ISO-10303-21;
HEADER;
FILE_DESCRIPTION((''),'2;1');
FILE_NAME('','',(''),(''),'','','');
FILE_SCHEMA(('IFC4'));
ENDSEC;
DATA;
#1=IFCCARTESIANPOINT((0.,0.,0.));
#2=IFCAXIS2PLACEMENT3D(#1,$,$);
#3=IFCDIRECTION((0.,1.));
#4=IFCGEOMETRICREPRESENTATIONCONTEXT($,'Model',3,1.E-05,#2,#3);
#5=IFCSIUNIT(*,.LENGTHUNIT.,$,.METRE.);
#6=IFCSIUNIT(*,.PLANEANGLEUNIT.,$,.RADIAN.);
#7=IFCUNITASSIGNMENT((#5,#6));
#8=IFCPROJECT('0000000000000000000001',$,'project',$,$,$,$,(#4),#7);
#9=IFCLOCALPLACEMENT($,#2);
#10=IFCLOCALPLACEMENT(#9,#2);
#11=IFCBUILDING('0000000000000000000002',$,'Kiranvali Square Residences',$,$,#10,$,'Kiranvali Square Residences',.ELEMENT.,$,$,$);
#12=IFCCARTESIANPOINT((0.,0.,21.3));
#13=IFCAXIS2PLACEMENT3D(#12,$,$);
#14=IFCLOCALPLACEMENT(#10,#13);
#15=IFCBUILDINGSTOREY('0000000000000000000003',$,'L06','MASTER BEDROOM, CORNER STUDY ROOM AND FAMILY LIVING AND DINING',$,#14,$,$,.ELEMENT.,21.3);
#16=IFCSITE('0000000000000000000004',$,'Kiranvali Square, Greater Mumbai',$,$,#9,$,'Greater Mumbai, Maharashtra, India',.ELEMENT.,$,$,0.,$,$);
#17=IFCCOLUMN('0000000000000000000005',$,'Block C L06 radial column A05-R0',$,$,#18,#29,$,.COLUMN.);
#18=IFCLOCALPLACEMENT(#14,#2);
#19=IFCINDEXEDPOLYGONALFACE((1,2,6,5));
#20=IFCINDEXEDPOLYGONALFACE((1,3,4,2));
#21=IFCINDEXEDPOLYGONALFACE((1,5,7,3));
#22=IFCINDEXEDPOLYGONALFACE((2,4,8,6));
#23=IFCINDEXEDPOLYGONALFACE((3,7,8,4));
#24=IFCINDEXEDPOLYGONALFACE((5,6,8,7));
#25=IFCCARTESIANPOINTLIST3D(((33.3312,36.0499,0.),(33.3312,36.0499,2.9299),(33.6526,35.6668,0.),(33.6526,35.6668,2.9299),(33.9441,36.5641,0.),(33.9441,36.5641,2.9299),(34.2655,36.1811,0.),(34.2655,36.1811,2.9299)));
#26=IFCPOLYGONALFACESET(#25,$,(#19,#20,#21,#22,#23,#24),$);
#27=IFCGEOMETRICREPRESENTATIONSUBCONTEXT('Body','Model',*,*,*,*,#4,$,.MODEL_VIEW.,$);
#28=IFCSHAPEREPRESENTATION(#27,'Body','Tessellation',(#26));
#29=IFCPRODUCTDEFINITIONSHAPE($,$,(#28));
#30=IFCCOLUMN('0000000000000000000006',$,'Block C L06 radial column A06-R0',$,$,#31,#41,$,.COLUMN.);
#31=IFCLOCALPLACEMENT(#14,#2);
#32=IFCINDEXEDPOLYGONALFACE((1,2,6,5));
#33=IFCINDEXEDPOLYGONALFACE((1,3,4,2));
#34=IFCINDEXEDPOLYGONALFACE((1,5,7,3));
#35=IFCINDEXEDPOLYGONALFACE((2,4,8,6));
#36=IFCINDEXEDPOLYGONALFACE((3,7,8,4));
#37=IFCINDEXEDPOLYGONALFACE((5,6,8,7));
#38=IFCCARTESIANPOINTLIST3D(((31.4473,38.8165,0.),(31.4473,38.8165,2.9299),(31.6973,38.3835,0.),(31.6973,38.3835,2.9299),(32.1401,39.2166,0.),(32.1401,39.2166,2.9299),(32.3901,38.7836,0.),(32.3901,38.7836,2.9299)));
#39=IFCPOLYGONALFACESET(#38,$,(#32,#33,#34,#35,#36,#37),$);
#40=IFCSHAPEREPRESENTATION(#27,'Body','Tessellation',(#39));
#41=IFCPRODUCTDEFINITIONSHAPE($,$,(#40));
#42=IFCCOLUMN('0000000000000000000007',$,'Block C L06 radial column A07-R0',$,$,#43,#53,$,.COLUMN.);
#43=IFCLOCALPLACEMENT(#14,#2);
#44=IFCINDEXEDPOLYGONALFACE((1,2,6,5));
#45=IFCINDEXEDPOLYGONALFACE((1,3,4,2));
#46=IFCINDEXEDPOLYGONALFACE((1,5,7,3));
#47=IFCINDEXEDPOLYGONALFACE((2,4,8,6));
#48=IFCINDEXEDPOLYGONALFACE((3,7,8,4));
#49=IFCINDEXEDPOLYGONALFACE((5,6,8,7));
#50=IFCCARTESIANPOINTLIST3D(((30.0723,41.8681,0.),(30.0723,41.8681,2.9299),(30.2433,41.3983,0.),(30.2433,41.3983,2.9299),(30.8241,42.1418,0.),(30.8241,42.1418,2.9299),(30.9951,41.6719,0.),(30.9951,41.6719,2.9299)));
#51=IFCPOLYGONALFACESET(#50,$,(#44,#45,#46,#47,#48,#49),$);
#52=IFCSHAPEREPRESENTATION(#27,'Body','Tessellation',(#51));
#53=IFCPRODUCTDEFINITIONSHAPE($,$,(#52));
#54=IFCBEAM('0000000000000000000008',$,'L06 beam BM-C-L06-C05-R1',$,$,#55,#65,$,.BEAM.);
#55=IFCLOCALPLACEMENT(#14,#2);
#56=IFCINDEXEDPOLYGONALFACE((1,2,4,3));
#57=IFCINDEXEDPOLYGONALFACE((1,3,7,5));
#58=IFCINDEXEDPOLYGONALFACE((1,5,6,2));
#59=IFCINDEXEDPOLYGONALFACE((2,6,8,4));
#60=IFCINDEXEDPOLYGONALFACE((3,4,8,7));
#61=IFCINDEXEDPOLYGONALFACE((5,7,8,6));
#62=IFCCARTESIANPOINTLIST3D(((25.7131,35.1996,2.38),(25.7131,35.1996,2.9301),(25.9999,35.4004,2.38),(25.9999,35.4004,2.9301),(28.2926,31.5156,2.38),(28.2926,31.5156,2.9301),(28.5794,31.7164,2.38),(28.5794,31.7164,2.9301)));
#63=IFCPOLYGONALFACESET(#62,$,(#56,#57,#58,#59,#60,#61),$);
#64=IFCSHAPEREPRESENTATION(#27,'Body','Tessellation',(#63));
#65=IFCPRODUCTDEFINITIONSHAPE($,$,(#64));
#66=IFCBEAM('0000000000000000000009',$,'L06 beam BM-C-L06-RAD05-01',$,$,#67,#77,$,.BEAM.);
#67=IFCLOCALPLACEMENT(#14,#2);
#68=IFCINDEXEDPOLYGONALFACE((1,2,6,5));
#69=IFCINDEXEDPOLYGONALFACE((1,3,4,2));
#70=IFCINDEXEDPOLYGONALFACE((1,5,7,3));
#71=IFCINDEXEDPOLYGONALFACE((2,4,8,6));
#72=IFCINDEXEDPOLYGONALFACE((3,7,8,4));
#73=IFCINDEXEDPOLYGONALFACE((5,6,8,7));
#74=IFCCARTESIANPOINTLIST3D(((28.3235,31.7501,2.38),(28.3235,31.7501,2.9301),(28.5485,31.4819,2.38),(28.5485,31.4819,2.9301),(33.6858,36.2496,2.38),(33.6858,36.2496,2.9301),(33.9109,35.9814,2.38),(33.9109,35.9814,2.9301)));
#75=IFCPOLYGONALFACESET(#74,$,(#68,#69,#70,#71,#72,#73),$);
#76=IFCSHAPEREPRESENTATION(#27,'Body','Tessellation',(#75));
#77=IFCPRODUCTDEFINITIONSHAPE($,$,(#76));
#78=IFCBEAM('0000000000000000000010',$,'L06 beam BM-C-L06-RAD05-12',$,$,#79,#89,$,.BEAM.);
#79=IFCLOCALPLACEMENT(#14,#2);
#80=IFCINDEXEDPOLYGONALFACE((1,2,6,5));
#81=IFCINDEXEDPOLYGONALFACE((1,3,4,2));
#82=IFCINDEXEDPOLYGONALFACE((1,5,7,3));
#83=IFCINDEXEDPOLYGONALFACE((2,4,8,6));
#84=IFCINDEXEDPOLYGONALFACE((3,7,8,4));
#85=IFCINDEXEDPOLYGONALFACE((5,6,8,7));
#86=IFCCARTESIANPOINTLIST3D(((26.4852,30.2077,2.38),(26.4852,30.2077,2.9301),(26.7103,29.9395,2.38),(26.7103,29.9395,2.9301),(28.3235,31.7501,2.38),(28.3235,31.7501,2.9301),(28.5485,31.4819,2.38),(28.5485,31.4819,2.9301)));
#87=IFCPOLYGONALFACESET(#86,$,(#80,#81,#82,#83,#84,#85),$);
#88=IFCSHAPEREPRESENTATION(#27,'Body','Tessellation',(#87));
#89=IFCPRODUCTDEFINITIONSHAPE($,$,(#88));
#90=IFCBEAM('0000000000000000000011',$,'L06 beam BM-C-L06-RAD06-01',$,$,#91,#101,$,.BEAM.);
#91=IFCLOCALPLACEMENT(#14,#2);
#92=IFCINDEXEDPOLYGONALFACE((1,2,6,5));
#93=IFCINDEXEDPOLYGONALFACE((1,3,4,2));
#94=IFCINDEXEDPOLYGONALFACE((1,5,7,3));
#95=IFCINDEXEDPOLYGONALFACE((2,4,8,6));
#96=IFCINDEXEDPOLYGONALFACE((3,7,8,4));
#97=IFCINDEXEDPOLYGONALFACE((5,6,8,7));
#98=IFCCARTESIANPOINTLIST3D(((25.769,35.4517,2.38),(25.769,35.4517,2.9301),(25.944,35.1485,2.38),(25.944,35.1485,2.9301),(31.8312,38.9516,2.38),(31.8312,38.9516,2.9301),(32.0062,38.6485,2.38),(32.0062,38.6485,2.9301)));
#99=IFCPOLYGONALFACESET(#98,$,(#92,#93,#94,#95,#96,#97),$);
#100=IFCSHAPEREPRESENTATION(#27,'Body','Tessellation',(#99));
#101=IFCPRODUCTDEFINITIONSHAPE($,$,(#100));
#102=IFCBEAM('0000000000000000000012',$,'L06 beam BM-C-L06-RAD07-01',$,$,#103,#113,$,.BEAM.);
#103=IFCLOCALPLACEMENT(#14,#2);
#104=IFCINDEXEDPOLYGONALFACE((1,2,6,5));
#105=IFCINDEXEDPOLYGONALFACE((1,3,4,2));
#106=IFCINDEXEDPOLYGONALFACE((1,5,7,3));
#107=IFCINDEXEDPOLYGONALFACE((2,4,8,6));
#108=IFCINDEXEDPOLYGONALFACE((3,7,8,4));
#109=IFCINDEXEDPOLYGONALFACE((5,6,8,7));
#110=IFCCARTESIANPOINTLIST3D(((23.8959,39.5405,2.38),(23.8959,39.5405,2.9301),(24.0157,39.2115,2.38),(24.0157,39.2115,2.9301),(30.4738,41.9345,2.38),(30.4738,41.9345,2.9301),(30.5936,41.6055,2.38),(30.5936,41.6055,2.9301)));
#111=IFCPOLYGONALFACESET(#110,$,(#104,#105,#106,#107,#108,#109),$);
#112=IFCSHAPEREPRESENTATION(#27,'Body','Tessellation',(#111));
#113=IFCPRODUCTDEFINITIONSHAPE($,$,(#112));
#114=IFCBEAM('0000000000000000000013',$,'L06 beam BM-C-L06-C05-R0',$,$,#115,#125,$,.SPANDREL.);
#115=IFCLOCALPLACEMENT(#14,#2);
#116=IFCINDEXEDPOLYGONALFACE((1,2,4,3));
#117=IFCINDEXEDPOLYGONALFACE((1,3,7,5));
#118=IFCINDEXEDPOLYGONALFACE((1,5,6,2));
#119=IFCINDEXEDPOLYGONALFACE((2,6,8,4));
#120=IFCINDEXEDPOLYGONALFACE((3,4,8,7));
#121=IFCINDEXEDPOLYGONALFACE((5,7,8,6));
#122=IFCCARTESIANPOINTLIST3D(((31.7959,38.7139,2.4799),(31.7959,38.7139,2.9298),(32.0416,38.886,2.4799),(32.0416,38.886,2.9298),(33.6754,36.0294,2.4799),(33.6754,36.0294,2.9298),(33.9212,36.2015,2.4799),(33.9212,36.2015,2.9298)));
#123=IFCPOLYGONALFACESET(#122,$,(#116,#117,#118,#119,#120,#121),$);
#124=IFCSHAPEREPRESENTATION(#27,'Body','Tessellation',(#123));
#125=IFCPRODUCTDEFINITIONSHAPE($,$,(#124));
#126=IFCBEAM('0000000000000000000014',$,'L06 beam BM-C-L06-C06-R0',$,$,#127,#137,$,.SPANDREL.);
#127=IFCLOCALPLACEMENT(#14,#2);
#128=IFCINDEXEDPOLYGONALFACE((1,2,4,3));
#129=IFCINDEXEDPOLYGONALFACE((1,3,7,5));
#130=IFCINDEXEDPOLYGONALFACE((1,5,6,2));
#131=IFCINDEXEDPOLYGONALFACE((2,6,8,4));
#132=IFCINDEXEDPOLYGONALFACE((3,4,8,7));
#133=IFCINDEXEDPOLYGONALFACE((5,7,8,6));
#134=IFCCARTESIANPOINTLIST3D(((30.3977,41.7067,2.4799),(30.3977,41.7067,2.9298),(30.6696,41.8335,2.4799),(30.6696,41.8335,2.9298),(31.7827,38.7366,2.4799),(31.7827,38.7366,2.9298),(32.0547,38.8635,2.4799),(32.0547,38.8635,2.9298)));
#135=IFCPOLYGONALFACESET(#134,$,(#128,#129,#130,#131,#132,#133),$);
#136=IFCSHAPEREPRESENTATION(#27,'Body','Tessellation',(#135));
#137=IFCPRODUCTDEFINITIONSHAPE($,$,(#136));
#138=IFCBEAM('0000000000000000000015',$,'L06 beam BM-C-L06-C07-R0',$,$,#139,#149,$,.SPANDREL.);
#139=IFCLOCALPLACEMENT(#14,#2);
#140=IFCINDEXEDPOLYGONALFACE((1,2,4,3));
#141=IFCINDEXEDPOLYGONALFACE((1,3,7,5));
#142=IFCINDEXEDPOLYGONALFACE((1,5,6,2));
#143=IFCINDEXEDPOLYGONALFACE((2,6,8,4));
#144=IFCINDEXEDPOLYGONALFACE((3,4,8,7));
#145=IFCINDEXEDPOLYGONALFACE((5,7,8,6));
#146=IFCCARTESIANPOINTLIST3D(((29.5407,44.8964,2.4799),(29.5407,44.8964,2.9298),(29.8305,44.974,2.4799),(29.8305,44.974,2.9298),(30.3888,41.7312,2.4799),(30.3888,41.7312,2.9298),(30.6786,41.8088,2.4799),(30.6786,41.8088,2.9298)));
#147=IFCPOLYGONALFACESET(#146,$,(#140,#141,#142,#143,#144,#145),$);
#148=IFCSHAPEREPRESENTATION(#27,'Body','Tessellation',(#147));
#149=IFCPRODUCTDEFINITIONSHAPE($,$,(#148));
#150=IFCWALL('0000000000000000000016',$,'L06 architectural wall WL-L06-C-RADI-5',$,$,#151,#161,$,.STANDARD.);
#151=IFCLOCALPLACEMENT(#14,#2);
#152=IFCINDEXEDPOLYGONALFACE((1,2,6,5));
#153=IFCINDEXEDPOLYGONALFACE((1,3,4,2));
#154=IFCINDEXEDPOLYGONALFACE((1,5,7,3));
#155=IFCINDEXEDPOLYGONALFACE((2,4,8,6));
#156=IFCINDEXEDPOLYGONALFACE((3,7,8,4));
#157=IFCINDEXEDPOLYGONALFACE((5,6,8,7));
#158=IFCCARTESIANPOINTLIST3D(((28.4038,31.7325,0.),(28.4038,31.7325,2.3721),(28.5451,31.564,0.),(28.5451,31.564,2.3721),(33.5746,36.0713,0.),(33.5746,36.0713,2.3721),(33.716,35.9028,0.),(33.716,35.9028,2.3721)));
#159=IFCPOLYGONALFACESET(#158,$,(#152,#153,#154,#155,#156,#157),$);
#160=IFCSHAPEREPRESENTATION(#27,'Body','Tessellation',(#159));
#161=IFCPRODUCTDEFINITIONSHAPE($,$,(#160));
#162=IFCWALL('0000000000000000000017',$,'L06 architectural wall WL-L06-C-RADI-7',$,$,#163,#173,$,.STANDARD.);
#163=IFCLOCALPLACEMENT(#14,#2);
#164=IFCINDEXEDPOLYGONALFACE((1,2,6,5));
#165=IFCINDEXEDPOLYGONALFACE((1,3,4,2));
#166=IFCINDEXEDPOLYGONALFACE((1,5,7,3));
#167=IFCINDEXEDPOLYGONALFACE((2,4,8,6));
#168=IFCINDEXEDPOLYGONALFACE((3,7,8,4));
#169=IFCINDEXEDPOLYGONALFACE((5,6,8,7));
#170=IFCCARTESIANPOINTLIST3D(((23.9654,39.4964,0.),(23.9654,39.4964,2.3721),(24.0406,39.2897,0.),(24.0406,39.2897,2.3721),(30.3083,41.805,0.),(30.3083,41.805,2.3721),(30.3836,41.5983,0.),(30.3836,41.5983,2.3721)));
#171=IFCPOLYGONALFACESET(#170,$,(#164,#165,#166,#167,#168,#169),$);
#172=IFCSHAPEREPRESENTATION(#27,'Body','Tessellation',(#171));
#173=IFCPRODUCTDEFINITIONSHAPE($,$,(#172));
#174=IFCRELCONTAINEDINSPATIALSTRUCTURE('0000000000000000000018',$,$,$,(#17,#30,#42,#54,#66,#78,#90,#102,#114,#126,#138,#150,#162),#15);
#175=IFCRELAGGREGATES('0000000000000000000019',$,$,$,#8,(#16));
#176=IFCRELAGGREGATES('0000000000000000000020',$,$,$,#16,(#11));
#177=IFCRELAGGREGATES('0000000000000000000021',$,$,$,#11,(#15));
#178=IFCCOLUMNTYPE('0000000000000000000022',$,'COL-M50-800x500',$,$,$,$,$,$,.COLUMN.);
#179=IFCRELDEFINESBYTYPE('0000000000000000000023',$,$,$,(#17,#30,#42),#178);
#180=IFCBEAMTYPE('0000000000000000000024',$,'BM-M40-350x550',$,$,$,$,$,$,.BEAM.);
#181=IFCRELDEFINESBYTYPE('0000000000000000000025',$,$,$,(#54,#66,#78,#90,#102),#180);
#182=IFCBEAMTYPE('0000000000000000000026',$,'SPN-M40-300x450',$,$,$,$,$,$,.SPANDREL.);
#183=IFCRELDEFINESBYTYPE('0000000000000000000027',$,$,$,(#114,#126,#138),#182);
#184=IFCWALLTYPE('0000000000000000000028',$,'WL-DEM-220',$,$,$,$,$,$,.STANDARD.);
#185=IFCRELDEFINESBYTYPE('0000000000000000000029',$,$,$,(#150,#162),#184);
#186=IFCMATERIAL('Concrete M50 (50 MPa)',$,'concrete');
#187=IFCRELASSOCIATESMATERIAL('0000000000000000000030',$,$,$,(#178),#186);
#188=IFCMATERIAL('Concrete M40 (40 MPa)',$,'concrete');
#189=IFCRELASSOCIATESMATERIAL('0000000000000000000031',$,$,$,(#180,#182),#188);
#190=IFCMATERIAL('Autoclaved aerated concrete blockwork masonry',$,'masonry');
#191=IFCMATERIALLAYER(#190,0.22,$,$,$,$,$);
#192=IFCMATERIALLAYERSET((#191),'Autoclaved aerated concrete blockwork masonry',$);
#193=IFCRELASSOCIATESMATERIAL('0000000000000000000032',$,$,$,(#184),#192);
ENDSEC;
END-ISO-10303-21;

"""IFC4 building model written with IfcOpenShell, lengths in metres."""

from ifc_helpers import new_model, si_unit, direction, frame, frame_2d, origin, origin_2d, place, context, subcontext, project, spatial, rectangle, extrude, material, layer, layer_set, material_profile, profile_set, type_object, element, save


model = new_model("IFC4")

# Units and contexts
model_context = context("Model", 3, precision=1e-05, world=origin(), true_north=direction((0.0, 1.0)))
body_context = subcontext(model_context, "Body", "Model", "MODEL_VIEW")
ifc_project = project(units=[si_unit("LENGTHUNIT", "METRE"), si_unit("PLANEANGLEUNIT", "RADIAN")], contexts=[model_context])

# Site, building, storey
site_placement = place(None, origin())
site = spatial("IfcSite", under=ifc_project, at=site_placement, Name="Kiranvali Square, Greater Mumbai", LongName="Greater Mumbai, Maharashtra, India", CompositionType="ELEMENT", RefElevation=0.0)
building_placement = place(site_placement, origin())
building = spatial("IfcBuilding", under=site, at=building_placement, Name="Kiranvali Square Residences", LongName="Kiranvali Square Residences", CompositionType="ELEMENT")
storey_placement = place(building_placement, frame((0.0, 0.0, 21.3)))
storey = spatial("IfcBuildingStorey", under=building, at=storey_placement, Name="L06", Description="MASTER BEDROOM, CORNER STUDY ROOM AND FAMILY LIVING AND DINING", CompositionType="ELEMENT", Elevation=21.3)

# Columns
ifc_material_1 = material(Name="Concrete M50 (50 MPa)", Category="concrete")
ifc_material_profile_1 = material_profile(ifc_material_1, rectangle(XDim=0.5, YDim=0.8, at=origin_2d()), Name="RC 800x500")
ifc_profile_set_1 = profile_set([ifc_material_profile_1], Name="Concrete M50 (50 MPa)")
column_type = type_object("IfcColumnType", Name="COL-M50-800x500", PredefinedType="COLUMN", material=ifc_profile_set_1)
for number, where, z_axis, x_axis, name in (
    (1, (33.7983, 36.1155, 0.0), (0.0, 0.0, 1.0), (-0.642788, 0.766044, 0.0), "Block C L06 radial column A05-R0"),
    (2, (31.9187, 38.8, 0.0), (0.0, 0.0, 1.0), (-0.5, 0.866025, 0.0), "Block C L06 radial column A06-R0"),
    (3, (30.5337, 41.77, 0.0), (0.0, 0.0, 1.0), (-0.34202, 0.939693, 0.0), "Block C L06 radial column A07-R0"),
):
    element("IfcColumn", number, at=place(storey_placement, frame(where, z_axis=z_axis, x_axis=x_axis)), inside=storey, type_object=column_type, Name=name, PredefinedType="COLUMN", context=body_context, shape_type="SweptSolid", body=[
        extrude(rectangle(XDim=0.5, YDim=0.8, at=origin_2d()), origin(), (0.0, 0.0, 1.0), 2.9299),
    ])

# Beams
ifc_material_2 = material(Name="Concrete M40 (40 MPa)", Category="concrete")
ifc_material_profile_2 = material_profile(ifc_material_2, rectangle(XDim=0.3501, YDim=0.55, at=origin_2d()), Name="RC 350x550")
ifc_profile_set_2 = profile_set([ifc_material_profile_2], Name="Concrete M40 (40 MPa)")
beam_type_1 = type_object("IfcBeamType", Name="BM-M40-350x550", PredefinedType="BEAM", material=ifc_profile_set_2)
beam_1_placement = place(storey_placement, frame((28.436, 31.616, 2.655), z_axis=(-0.573572, 0.819155, 0.0), x_axis=(-0.819155, -0.573572, 0.0)))
element("IfcBeam", 4, at=beam_1_placement, inside=storey, type_object=beam_type_1, Name="L06 beam BM-C-L06-C05-R1", PredefinedType="BEAM", context=body_context, shape_type="SweptSolid", body=[
    extrude(rectangle(XDim=0.3501, YDim=0.55, at=origin_2d()), origin(), (0.0, 0.0, 1.0), 4.4973),
])
beam_2_placement = place(storey_placement, frame((33.7983, 36.1155, 2.655), z_axis=(-0.766044, -0.642788, 0.0), x_axis=(0.642788, -0.766044, 0.0)))
element("IfcBeam", 5, at=beam_2_placement, inside=storey, type_object=beam_type_1, Name="L06 beam BM-C-L06-RAD05-01", PredefinedType="BEAM", context=body_context, shape_type="SweptSolid", body=[
    extrude(rectangle(XDim=0.3501, YDim=0.55, at=origin_2d()), origin(), (0.0, 0.0, 1.0), 7.0),
])
beam_3_placement = place(storey_placement, frame((28.436, 31.616, 2.655), z_axis=(-0.766065, -0.642763, 0.0), x_axis=(0.642763, -0.766065, 0.0)))
element("IfcBeam", 6, at=beam_3_placement, inside=storey, type_object=beam_type_1, Name="L06 beam BM-C-L06-RAD05-12", PredefinedType="BEAM", context=body_context, shape_type="SweptSolid", body=[
    extrude(rectangle(XDim=0.3501, YDim=0.55, at=origin_2d()), origin(), (0.0, 0.0, 1.0), 2.3997),
])
for number, where, z_axis, x_axis, name in (
    (7, (31.9187, 38.8, 2.655), (-0.866028, -0.499995, 0.0), (0.499995, -0.866028, 0.0), "L06 beam BM-C-L06-RAD06-01"),
    (8, (30.5337, 41.77, 2.655), (-0.939698, -0.342006, 0.0), (0.342006, -0.939698, 0.0), "L06 beam BM-C-L06-RAD07-01"),
):
    element("IfcBeam", number, at=place(storey_placement, frame(where, z_axis=z_axis, x_axis=x_axis)), inside=storey, type_object=beam_type_1, Name=name, PredefinedType="BEAM", context=body_context, shape_type="SweptSolid", body=[
        extrude(rectangle(XDim=0.3501, YDim=0.55, at=origin_2d()), origin(), (0.0, 0.0, 1.0), 7.0),
    ])
ifc_material_profile_3 = material_profile(ifc_material_2, rectangle(XDim=0.3, YDim=0.45, at=origin_2d()), Name="RC 300x450")
ifc_profile_set_3 = profile_set([ifc_material_profile_3], Name="Concrete M40 (40 MPa)")
beam_type_2 = type_object("IfcBeamType", Name="SPN-M40-300x450", PredefinedType="SPANDREL", material=ifc_profile_set_3)
for number, where, z_axis, x_axis, name in (
    (9, (33.7983, 36.1155, 2.7048), (-0.573552, 0.819169, 0.0), (-0.819169, -0.573552, 0.0), "L06 beam BM-C-L06-C05-R0"),
    (10, (31.9187, 38.8, 2.7048), (-0.422641, 0.906297, 0.0), (-0.906297, -0.422641, 0.0), "L06 beam BM-C-L06-C06-R0"),
):
    element("IfcBeam", number, at=place(storey_placement, frame(where, z_axis=z_axis, x_axis=x_axis)), inside=storey, type_object=beam_type_2, Name=name, PredefinedType="SPANDREL", context=body_context, shape_type="SweptSolid", body=[
        extrude(rectangle(XDim=0.3, YDim=0.45, at=origin_2d()), origin(), (0.0, 0.0, 1.0), 3.2771),
    ])
beam_4_placement = place(storey_placement, frame((30.5337, 41.77, 2.7048), z_axis=(-0.258822, 0.965925, 0.0), x_axis=(-0.965925, -0.258822, 0.0)))
element("IfcBeam", 11, at=beam_4_placement, inside=storey, type_object=beam_type_2, Name="L06 beam BM-C-L06-C07-R0", PredefinedType="SPANDREL", context=body_context, shape_type="SweptSolid", body=[
    extrude(rectangle(XDim=0.3, YDim=0.45, at=origin_2d()), origin(), (0.0, 0.0, 1.0), 3.2769),
])

# Shared definitions
ifc_material_3 = material(Name="Autoclaved aerated concrete blockwork masonry", Category="masonry")

# Walls
ifc_layer_1 = layer(ifc_material_3, 0.22)
ifc_layer_set_1 = layer_set([ifc_layer_1], Name="Autoclaved aerated concrete blockwork masonry")
wall_type_1 = type_object("IfcWallType", Name="WL-DEM-220", PredefinedType="STANDARD", material=ifc_layer_set_1)
for number, where, z_axis, x_axis, name in (
    (12, (33.6453, 35.9871, 0.0), (0.0, 0.0, 1.0), (-0.766047, -0.642785, 0.0), "L06 architectural wall WL-L06-C-RADI-5"),
    (13, (30.3459, 41.7017, 0.0), (0.0, 0.0, 1.0), (-0.939696, -0.34201, 0.0), "L06 architectural wall WL-L06-C-RADI-7"),
):
    element("IfcWall", number, at=place(storey_placement, frame(where, z_axis=z_axis, x_axis=x_axis)), inside=storey, type_object=wall_type_1, Name=name, PredefinedType="STANDARD", context=body_context, shape_type="SweptSolid", body=[
        extrude(rectangle(XDim=6.75, YDim=0.22, at=frame_2d((3.375, 0.0))), origin(), (0.0, 0.0, 1.0), 2.3721),
    ])

save(model, "model.ifc")
